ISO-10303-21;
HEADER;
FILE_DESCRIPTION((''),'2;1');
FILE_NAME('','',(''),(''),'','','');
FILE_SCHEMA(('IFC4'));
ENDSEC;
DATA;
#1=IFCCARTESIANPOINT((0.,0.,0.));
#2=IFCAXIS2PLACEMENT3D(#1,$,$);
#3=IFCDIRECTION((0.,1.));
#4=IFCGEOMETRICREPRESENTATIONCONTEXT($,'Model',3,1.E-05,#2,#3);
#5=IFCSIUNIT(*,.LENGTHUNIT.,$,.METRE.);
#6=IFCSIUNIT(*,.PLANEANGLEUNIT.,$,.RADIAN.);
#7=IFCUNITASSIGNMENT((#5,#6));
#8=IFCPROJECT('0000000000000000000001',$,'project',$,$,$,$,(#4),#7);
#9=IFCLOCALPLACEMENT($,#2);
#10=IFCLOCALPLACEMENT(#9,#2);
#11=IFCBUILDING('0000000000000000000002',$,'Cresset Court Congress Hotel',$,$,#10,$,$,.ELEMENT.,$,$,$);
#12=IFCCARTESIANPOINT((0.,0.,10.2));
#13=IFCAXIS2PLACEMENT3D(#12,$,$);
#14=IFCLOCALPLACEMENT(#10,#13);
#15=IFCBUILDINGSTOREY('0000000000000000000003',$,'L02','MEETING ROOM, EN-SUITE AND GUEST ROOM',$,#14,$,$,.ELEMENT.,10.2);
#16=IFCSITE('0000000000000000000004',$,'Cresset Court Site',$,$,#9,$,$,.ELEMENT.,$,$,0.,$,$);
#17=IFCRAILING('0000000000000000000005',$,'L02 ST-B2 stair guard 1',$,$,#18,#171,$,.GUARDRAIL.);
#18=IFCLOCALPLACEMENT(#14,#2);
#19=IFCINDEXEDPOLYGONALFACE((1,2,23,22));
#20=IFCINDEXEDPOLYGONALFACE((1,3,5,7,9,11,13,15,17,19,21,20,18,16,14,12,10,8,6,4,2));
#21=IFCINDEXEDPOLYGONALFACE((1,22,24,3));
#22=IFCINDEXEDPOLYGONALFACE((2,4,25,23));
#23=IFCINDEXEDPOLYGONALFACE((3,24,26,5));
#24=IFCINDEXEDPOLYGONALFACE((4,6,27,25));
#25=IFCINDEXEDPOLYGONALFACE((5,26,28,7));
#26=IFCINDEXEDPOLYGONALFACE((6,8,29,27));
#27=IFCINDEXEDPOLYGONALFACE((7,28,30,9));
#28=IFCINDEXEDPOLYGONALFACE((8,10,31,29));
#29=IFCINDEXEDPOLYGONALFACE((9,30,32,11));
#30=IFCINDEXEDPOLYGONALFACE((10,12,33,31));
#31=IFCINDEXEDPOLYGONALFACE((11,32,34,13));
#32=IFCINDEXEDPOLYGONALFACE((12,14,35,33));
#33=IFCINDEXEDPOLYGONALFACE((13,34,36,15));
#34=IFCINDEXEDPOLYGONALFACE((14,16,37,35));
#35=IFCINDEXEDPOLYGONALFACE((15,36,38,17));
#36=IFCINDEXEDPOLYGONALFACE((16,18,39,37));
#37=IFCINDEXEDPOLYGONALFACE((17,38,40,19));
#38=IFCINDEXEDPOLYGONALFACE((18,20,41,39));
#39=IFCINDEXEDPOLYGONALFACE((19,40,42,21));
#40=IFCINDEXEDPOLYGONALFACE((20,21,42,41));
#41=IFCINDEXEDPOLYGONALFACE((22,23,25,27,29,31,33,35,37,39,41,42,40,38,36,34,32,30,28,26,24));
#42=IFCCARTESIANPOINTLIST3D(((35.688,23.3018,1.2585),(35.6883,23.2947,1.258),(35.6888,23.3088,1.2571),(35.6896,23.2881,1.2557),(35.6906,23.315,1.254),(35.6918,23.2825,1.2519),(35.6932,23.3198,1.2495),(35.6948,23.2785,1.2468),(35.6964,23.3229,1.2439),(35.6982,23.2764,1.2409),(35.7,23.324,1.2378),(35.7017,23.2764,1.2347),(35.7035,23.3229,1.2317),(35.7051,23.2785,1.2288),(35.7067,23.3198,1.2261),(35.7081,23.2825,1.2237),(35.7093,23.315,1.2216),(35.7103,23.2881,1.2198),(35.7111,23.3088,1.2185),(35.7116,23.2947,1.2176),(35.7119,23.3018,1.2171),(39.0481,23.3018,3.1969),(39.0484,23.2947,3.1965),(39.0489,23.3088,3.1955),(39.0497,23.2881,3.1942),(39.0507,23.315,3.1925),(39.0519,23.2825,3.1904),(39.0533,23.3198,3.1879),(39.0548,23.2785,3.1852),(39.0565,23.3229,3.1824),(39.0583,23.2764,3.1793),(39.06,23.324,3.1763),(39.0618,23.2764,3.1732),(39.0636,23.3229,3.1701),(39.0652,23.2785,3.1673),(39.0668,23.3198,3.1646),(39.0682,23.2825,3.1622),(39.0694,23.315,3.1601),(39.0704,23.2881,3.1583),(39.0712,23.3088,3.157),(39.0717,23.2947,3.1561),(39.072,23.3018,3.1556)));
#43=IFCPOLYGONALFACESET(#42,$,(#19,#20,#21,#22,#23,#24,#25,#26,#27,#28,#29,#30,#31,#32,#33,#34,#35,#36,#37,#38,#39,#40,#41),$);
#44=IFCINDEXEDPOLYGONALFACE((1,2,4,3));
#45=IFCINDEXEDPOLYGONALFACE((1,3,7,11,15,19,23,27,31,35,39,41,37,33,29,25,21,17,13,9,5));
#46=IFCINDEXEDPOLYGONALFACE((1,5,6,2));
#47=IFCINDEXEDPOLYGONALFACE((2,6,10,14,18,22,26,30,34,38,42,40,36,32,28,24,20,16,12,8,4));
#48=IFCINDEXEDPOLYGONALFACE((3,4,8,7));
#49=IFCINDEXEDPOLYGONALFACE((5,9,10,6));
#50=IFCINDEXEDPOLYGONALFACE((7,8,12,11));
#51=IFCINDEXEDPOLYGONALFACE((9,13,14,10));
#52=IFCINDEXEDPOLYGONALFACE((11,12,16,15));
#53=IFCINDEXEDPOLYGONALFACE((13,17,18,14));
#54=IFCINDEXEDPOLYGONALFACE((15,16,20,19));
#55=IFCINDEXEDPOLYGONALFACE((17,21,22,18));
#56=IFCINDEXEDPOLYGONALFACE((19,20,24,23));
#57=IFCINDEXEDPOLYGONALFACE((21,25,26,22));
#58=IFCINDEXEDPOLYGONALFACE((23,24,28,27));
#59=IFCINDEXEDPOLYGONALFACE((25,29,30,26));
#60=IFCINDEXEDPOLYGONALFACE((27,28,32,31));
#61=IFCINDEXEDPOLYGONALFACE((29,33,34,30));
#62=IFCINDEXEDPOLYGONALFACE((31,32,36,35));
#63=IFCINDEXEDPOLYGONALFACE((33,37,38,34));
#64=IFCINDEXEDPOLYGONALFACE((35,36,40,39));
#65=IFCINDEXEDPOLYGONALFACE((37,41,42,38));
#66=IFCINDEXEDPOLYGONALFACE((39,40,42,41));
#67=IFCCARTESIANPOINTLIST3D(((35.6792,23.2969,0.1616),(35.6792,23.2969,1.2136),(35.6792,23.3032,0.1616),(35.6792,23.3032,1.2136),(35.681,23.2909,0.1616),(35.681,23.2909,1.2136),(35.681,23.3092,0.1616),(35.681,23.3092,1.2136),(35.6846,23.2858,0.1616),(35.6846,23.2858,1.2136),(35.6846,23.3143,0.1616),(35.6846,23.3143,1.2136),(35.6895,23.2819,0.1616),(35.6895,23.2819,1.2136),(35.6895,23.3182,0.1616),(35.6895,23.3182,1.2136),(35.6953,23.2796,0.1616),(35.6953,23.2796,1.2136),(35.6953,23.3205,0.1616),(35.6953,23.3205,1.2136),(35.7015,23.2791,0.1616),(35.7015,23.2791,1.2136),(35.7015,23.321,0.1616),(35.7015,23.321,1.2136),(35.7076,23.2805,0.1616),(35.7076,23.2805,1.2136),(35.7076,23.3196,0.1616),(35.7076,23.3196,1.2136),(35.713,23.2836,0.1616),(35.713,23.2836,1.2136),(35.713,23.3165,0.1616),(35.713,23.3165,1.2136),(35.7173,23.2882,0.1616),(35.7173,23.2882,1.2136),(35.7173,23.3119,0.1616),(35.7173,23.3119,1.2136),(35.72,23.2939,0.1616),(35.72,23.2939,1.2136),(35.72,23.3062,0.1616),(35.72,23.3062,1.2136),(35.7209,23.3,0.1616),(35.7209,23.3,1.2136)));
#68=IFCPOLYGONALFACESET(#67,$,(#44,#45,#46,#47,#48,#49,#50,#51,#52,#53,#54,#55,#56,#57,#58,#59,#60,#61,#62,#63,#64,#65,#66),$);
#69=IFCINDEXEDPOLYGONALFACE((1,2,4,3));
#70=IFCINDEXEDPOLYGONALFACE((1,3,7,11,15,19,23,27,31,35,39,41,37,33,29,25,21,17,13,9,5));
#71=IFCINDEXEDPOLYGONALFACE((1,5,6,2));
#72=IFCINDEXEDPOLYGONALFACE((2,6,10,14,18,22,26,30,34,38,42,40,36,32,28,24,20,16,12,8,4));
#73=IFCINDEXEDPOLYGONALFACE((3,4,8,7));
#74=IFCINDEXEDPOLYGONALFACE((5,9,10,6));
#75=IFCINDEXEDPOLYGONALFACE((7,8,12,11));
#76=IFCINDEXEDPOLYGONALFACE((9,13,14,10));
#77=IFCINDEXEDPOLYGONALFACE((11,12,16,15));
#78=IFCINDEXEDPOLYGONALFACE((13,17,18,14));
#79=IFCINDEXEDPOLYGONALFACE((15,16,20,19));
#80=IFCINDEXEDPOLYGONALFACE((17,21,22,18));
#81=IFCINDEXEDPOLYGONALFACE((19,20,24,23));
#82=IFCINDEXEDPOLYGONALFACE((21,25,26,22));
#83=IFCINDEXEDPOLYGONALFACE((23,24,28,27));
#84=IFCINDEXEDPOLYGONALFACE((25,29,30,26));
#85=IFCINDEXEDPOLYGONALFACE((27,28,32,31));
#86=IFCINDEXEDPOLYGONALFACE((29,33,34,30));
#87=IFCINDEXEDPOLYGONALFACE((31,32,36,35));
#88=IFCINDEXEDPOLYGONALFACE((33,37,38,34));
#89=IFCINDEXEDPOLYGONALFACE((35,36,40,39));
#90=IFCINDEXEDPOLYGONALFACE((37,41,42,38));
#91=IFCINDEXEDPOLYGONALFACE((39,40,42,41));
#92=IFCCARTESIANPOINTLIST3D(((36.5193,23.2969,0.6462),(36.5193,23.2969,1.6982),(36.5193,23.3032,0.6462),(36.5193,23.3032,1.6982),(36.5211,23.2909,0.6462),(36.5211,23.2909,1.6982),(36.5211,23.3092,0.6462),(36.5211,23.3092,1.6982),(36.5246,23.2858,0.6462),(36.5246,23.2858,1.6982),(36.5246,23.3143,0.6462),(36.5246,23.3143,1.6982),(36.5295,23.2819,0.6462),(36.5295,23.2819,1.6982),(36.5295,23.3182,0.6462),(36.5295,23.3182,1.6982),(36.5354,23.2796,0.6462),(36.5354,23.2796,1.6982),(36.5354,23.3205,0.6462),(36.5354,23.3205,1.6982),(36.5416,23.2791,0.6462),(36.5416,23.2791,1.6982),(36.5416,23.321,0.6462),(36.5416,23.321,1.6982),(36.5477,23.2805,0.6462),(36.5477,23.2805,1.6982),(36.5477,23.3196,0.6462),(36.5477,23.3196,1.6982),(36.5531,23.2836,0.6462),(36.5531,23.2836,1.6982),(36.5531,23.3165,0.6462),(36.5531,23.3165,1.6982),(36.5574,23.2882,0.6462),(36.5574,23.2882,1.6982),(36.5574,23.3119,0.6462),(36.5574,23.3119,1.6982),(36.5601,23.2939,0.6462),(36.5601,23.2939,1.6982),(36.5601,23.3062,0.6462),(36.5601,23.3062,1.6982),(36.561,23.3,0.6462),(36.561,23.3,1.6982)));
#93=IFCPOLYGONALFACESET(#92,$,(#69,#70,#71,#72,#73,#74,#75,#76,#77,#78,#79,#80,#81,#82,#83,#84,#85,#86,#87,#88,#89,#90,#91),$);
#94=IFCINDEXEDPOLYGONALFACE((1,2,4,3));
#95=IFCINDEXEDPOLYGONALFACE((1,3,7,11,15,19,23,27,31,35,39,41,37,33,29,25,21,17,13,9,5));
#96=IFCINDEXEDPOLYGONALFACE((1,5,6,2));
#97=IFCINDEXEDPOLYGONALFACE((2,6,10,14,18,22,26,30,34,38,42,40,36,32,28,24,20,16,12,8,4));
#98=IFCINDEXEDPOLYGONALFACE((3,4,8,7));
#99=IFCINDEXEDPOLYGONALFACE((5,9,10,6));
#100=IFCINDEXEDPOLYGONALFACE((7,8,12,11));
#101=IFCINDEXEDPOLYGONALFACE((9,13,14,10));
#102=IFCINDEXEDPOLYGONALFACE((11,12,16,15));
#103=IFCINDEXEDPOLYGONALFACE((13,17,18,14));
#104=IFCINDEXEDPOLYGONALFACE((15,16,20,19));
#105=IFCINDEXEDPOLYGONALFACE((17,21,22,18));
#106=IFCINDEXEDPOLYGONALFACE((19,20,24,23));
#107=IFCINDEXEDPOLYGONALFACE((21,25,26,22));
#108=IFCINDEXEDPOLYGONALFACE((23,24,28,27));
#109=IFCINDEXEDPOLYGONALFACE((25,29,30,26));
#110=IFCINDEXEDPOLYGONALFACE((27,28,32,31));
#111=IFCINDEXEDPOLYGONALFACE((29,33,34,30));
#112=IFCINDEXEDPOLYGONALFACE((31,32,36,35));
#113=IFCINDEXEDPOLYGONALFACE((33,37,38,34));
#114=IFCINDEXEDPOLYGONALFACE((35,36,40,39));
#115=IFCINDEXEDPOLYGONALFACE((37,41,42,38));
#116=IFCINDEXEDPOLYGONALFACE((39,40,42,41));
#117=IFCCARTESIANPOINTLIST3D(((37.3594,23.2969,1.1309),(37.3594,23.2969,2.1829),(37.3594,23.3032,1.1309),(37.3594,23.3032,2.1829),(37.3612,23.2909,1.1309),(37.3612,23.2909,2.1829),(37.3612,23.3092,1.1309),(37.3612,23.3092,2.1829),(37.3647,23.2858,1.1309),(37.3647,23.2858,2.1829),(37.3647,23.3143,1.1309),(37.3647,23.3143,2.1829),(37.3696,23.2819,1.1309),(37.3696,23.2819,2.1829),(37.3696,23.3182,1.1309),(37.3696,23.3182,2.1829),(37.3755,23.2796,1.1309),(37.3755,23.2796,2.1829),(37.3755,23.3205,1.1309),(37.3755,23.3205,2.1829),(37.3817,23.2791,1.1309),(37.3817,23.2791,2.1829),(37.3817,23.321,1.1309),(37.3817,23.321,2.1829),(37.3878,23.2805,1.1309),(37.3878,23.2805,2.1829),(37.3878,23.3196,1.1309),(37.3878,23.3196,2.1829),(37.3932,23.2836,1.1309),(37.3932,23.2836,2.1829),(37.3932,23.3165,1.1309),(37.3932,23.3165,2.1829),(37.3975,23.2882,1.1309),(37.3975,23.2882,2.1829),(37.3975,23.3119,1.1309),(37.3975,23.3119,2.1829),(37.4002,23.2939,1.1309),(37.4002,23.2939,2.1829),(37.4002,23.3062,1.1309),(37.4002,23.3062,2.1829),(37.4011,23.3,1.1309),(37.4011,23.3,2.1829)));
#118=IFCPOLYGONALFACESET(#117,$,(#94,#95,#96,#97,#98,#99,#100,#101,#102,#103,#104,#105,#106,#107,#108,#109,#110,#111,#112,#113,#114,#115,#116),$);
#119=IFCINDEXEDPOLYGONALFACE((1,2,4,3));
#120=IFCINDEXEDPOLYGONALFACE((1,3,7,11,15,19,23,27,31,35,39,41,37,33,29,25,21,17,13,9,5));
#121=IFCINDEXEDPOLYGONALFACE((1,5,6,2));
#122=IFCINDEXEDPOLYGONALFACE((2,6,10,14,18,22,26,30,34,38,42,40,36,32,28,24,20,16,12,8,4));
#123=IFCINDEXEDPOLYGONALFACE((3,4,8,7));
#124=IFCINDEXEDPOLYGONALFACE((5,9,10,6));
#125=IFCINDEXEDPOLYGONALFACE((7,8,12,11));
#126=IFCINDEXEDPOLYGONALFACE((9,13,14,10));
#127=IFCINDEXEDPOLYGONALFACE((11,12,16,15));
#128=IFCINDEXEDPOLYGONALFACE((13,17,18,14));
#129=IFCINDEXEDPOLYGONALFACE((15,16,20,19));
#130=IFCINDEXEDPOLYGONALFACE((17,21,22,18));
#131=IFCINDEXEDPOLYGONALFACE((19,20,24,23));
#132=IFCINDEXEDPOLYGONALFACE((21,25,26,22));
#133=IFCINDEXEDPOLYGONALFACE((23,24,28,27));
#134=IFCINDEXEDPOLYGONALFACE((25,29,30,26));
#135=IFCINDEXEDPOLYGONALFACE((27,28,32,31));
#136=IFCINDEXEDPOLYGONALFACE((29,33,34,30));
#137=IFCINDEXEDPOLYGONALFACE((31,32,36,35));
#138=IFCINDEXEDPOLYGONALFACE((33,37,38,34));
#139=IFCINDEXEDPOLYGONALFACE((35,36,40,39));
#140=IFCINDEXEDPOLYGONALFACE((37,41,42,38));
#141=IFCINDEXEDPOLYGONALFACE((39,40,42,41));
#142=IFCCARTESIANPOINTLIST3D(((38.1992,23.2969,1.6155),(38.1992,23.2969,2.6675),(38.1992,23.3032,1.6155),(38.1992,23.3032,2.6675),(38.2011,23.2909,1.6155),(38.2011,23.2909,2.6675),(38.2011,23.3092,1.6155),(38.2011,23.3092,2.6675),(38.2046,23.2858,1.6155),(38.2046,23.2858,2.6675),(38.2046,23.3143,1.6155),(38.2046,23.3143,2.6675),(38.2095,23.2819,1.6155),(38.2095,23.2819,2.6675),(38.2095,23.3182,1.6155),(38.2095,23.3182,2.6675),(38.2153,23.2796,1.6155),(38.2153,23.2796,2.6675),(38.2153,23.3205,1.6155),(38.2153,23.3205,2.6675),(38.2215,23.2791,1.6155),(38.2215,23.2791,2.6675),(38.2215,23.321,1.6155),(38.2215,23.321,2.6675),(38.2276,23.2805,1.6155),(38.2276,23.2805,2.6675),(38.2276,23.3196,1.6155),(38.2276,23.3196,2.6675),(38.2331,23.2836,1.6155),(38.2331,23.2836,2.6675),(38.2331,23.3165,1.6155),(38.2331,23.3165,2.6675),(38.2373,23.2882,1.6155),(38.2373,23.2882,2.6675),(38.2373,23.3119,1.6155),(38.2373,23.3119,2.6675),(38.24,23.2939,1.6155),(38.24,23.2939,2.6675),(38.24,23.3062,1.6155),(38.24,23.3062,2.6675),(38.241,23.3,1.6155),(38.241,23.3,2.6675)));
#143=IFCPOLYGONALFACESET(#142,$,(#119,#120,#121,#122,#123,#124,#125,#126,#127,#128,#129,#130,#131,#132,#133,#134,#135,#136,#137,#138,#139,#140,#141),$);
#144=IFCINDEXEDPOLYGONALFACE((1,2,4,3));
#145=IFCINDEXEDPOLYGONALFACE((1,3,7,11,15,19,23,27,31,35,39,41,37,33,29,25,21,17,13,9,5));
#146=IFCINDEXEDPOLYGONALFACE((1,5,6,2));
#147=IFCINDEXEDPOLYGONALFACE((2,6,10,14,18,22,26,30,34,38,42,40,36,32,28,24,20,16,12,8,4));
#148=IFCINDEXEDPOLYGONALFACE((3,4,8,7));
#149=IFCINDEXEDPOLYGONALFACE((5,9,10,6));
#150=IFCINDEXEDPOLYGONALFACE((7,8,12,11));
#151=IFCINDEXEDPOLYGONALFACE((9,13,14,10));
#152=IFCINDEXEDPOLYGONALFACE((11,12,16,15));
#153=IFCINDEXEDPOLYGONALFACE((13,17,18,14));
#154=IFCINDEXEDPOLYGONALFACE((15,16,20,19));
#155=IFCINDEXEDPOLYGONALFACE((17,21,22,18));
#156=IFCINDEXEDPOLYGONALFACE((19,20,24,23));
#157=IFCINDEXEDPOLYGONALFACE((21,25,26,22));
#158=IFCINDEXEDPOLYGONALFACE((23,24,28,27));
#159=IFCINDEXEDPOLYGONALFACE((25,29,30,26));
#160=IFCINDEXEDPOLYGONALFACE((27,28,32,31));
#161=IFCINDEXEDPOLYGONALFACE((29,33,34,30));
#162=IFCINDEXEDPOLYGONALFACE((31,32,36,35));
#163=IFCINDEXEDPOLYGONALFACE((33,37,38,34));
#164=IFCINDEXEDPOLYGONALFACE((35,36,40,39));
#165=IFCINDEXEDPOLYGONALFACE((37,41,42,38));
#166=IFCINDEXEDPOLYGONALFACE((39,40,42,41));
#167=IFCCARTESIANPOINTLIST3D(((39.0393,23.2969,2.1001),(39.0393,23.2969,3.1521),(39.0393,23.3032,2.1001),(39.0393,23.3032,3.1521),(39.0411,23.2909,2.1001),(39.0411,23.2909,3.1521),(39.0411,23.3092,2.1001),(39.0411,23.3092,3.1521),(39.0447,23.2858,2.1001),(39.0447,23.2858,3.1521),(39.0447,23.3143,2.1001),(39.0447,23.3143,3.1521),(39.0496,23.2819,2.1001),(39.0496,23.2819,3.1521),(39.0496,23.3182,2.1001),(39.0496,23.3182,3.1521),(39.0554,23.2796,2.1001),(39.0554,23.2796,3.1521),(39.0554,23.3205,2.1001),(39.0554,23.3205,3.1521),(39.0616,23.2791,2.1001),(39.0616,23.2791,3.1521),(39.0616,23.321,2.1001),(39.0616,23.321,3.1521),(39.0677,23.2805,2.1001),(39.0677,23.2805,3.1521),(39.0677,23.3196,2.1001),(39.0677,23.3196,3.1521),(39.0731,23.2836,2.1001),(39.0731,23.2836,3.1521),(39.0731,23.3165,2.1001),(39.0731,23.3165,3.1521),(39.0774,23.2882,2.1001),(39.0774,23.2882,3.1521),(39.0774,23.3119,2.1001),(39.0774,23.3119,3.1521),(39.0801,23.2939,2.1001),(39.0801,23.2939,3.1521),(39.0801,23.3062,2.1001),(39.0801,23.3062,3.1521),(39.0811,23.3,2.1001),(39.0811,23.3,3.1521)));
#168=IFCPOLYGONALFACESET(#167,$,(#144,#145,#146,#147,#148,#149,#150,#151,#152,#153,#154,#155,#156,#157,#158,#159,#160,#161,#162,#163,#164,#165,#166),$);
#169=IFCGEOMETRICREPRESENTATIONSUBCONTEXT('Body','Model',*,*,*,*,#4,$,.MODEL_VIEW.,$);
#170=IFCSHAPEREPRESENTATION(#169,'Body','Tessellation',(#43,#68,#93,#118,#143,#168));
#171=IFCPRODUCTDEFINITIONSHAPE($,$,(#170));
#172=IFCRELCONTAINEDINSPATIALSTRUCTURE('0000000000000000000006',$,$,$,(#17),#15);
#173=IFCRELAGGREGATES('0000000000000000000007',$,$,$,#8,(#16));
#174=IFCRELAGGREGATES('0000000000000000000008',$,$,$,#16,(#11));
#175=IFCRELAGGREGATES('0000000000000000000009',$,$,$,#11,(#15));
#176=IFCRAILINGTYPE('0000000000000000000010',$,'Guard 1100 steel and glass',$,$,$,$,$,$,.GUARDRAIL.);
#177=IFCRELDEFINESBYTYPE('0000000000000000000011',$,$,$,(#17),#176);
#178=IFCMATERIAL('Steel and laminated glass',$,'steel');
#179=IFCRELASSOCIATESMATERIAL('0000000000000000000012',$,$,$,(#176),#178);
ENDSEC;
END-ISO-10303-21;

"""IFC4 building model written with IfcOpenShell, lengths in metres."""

from ifc_helpers import new_model, si_unit, direction, frame, origin, origin_2d, place, context, subcontext, project, spatial, circle, extrude, material, type_object, element, save


model = new_model("IFC4")

# Units and contexts
model_context = context("Model", 3, precision=1e-05, world=origin(), true_north=direction((0.0, 1.0)))
body_context = subcontext(model_context, "Body", "Model", "MODEL_VIEW")
ifc_project = project(units=[si_unit("LENGTHUNIT", "METRE"), si_unit("PLANEANGLEUNIT", "RADIAN")], contexts=[model_context])

# Site, building, storey
site_placement = place(None, origin())
site = spatial("IfcSite", under=ifc_project, at=site_placement, Name="Cresset Court Site", CompositionType="ELEMENT", RefElevation=0.0)
building_placement = place(site_placement, origin())
building = spatial("IfcBuilding", under=site, at=building_placement, Name="Cresset Court Congress Hotel", CompositionType="ELEMENT")
storey_placement = place(building_placement, frame((0.0, 0.0, 10.2)))
storey = spatial("IfcBuildingStorey", under=building, at=storey_placement, Name="L02", Description="MEETING ROOM, EN-SUITE AND GUEST ROOM", CompositionType="ELEMENT", Elevation=10.2)

# Railing
ifc_material_1 = material(Name="Steel and laminated glass", Category="steel")
railing_type_1 = type_object("IfcRailingType", Name="Guard 1100 steel and glass", PredefinedType="GUARDRAIL", material=ifc_material_1)
railing_1_placement = place(storey_placement, frame((35.7, 23.3, 0.1616)))
element("IfcRailing", 1, at=railing_1_placement, inside=storey, type_object=railing_type_1, Name="L02 ST-B2 stair guard 1", PredefinedType="GUARDRAIL", context=body_context, shape_type="SweptSolid", body=[
    extrude(circle(Radius=0.0239, at=origin_2d()), frame((0.0, 0.0, 1.0762), z_axis=(0.866191, 0.0, 0.499713), x_axis=(0.0, 1.0, 0.0)), (0.0, 0.0, 1.0), 3.8792),
    extrude(circle(Radius=0.021, at=origin_2d()), origin(), (0.0, 0.0, 1.0), 1.052),
    extrude(circle(Radius=0.021, at=origin_2d()), frame((0.8401, 0.0, 0.4846)), (0.0, 0.0, 1.0), 1.052),
    extrude(circle(Radius=0.021, at=origin_2d()), frame((1.6802, 0.0, 0.9692)), (0.0, 0.0, 1.0), 1.052),
    extrude(circle(Radius=0.021, at=origin_2d()), frame((2.52, 0.0, 1.4539)), (0.0, 0.0, 1.0), 1.052),
    extrude(circle(Radius=0.021, at=origin_2d()), frame((3.3601, 0.0, 1.9385)), (0.0, 0.0, 1.0), 1.052),
])

save(model, "model.ifc")
